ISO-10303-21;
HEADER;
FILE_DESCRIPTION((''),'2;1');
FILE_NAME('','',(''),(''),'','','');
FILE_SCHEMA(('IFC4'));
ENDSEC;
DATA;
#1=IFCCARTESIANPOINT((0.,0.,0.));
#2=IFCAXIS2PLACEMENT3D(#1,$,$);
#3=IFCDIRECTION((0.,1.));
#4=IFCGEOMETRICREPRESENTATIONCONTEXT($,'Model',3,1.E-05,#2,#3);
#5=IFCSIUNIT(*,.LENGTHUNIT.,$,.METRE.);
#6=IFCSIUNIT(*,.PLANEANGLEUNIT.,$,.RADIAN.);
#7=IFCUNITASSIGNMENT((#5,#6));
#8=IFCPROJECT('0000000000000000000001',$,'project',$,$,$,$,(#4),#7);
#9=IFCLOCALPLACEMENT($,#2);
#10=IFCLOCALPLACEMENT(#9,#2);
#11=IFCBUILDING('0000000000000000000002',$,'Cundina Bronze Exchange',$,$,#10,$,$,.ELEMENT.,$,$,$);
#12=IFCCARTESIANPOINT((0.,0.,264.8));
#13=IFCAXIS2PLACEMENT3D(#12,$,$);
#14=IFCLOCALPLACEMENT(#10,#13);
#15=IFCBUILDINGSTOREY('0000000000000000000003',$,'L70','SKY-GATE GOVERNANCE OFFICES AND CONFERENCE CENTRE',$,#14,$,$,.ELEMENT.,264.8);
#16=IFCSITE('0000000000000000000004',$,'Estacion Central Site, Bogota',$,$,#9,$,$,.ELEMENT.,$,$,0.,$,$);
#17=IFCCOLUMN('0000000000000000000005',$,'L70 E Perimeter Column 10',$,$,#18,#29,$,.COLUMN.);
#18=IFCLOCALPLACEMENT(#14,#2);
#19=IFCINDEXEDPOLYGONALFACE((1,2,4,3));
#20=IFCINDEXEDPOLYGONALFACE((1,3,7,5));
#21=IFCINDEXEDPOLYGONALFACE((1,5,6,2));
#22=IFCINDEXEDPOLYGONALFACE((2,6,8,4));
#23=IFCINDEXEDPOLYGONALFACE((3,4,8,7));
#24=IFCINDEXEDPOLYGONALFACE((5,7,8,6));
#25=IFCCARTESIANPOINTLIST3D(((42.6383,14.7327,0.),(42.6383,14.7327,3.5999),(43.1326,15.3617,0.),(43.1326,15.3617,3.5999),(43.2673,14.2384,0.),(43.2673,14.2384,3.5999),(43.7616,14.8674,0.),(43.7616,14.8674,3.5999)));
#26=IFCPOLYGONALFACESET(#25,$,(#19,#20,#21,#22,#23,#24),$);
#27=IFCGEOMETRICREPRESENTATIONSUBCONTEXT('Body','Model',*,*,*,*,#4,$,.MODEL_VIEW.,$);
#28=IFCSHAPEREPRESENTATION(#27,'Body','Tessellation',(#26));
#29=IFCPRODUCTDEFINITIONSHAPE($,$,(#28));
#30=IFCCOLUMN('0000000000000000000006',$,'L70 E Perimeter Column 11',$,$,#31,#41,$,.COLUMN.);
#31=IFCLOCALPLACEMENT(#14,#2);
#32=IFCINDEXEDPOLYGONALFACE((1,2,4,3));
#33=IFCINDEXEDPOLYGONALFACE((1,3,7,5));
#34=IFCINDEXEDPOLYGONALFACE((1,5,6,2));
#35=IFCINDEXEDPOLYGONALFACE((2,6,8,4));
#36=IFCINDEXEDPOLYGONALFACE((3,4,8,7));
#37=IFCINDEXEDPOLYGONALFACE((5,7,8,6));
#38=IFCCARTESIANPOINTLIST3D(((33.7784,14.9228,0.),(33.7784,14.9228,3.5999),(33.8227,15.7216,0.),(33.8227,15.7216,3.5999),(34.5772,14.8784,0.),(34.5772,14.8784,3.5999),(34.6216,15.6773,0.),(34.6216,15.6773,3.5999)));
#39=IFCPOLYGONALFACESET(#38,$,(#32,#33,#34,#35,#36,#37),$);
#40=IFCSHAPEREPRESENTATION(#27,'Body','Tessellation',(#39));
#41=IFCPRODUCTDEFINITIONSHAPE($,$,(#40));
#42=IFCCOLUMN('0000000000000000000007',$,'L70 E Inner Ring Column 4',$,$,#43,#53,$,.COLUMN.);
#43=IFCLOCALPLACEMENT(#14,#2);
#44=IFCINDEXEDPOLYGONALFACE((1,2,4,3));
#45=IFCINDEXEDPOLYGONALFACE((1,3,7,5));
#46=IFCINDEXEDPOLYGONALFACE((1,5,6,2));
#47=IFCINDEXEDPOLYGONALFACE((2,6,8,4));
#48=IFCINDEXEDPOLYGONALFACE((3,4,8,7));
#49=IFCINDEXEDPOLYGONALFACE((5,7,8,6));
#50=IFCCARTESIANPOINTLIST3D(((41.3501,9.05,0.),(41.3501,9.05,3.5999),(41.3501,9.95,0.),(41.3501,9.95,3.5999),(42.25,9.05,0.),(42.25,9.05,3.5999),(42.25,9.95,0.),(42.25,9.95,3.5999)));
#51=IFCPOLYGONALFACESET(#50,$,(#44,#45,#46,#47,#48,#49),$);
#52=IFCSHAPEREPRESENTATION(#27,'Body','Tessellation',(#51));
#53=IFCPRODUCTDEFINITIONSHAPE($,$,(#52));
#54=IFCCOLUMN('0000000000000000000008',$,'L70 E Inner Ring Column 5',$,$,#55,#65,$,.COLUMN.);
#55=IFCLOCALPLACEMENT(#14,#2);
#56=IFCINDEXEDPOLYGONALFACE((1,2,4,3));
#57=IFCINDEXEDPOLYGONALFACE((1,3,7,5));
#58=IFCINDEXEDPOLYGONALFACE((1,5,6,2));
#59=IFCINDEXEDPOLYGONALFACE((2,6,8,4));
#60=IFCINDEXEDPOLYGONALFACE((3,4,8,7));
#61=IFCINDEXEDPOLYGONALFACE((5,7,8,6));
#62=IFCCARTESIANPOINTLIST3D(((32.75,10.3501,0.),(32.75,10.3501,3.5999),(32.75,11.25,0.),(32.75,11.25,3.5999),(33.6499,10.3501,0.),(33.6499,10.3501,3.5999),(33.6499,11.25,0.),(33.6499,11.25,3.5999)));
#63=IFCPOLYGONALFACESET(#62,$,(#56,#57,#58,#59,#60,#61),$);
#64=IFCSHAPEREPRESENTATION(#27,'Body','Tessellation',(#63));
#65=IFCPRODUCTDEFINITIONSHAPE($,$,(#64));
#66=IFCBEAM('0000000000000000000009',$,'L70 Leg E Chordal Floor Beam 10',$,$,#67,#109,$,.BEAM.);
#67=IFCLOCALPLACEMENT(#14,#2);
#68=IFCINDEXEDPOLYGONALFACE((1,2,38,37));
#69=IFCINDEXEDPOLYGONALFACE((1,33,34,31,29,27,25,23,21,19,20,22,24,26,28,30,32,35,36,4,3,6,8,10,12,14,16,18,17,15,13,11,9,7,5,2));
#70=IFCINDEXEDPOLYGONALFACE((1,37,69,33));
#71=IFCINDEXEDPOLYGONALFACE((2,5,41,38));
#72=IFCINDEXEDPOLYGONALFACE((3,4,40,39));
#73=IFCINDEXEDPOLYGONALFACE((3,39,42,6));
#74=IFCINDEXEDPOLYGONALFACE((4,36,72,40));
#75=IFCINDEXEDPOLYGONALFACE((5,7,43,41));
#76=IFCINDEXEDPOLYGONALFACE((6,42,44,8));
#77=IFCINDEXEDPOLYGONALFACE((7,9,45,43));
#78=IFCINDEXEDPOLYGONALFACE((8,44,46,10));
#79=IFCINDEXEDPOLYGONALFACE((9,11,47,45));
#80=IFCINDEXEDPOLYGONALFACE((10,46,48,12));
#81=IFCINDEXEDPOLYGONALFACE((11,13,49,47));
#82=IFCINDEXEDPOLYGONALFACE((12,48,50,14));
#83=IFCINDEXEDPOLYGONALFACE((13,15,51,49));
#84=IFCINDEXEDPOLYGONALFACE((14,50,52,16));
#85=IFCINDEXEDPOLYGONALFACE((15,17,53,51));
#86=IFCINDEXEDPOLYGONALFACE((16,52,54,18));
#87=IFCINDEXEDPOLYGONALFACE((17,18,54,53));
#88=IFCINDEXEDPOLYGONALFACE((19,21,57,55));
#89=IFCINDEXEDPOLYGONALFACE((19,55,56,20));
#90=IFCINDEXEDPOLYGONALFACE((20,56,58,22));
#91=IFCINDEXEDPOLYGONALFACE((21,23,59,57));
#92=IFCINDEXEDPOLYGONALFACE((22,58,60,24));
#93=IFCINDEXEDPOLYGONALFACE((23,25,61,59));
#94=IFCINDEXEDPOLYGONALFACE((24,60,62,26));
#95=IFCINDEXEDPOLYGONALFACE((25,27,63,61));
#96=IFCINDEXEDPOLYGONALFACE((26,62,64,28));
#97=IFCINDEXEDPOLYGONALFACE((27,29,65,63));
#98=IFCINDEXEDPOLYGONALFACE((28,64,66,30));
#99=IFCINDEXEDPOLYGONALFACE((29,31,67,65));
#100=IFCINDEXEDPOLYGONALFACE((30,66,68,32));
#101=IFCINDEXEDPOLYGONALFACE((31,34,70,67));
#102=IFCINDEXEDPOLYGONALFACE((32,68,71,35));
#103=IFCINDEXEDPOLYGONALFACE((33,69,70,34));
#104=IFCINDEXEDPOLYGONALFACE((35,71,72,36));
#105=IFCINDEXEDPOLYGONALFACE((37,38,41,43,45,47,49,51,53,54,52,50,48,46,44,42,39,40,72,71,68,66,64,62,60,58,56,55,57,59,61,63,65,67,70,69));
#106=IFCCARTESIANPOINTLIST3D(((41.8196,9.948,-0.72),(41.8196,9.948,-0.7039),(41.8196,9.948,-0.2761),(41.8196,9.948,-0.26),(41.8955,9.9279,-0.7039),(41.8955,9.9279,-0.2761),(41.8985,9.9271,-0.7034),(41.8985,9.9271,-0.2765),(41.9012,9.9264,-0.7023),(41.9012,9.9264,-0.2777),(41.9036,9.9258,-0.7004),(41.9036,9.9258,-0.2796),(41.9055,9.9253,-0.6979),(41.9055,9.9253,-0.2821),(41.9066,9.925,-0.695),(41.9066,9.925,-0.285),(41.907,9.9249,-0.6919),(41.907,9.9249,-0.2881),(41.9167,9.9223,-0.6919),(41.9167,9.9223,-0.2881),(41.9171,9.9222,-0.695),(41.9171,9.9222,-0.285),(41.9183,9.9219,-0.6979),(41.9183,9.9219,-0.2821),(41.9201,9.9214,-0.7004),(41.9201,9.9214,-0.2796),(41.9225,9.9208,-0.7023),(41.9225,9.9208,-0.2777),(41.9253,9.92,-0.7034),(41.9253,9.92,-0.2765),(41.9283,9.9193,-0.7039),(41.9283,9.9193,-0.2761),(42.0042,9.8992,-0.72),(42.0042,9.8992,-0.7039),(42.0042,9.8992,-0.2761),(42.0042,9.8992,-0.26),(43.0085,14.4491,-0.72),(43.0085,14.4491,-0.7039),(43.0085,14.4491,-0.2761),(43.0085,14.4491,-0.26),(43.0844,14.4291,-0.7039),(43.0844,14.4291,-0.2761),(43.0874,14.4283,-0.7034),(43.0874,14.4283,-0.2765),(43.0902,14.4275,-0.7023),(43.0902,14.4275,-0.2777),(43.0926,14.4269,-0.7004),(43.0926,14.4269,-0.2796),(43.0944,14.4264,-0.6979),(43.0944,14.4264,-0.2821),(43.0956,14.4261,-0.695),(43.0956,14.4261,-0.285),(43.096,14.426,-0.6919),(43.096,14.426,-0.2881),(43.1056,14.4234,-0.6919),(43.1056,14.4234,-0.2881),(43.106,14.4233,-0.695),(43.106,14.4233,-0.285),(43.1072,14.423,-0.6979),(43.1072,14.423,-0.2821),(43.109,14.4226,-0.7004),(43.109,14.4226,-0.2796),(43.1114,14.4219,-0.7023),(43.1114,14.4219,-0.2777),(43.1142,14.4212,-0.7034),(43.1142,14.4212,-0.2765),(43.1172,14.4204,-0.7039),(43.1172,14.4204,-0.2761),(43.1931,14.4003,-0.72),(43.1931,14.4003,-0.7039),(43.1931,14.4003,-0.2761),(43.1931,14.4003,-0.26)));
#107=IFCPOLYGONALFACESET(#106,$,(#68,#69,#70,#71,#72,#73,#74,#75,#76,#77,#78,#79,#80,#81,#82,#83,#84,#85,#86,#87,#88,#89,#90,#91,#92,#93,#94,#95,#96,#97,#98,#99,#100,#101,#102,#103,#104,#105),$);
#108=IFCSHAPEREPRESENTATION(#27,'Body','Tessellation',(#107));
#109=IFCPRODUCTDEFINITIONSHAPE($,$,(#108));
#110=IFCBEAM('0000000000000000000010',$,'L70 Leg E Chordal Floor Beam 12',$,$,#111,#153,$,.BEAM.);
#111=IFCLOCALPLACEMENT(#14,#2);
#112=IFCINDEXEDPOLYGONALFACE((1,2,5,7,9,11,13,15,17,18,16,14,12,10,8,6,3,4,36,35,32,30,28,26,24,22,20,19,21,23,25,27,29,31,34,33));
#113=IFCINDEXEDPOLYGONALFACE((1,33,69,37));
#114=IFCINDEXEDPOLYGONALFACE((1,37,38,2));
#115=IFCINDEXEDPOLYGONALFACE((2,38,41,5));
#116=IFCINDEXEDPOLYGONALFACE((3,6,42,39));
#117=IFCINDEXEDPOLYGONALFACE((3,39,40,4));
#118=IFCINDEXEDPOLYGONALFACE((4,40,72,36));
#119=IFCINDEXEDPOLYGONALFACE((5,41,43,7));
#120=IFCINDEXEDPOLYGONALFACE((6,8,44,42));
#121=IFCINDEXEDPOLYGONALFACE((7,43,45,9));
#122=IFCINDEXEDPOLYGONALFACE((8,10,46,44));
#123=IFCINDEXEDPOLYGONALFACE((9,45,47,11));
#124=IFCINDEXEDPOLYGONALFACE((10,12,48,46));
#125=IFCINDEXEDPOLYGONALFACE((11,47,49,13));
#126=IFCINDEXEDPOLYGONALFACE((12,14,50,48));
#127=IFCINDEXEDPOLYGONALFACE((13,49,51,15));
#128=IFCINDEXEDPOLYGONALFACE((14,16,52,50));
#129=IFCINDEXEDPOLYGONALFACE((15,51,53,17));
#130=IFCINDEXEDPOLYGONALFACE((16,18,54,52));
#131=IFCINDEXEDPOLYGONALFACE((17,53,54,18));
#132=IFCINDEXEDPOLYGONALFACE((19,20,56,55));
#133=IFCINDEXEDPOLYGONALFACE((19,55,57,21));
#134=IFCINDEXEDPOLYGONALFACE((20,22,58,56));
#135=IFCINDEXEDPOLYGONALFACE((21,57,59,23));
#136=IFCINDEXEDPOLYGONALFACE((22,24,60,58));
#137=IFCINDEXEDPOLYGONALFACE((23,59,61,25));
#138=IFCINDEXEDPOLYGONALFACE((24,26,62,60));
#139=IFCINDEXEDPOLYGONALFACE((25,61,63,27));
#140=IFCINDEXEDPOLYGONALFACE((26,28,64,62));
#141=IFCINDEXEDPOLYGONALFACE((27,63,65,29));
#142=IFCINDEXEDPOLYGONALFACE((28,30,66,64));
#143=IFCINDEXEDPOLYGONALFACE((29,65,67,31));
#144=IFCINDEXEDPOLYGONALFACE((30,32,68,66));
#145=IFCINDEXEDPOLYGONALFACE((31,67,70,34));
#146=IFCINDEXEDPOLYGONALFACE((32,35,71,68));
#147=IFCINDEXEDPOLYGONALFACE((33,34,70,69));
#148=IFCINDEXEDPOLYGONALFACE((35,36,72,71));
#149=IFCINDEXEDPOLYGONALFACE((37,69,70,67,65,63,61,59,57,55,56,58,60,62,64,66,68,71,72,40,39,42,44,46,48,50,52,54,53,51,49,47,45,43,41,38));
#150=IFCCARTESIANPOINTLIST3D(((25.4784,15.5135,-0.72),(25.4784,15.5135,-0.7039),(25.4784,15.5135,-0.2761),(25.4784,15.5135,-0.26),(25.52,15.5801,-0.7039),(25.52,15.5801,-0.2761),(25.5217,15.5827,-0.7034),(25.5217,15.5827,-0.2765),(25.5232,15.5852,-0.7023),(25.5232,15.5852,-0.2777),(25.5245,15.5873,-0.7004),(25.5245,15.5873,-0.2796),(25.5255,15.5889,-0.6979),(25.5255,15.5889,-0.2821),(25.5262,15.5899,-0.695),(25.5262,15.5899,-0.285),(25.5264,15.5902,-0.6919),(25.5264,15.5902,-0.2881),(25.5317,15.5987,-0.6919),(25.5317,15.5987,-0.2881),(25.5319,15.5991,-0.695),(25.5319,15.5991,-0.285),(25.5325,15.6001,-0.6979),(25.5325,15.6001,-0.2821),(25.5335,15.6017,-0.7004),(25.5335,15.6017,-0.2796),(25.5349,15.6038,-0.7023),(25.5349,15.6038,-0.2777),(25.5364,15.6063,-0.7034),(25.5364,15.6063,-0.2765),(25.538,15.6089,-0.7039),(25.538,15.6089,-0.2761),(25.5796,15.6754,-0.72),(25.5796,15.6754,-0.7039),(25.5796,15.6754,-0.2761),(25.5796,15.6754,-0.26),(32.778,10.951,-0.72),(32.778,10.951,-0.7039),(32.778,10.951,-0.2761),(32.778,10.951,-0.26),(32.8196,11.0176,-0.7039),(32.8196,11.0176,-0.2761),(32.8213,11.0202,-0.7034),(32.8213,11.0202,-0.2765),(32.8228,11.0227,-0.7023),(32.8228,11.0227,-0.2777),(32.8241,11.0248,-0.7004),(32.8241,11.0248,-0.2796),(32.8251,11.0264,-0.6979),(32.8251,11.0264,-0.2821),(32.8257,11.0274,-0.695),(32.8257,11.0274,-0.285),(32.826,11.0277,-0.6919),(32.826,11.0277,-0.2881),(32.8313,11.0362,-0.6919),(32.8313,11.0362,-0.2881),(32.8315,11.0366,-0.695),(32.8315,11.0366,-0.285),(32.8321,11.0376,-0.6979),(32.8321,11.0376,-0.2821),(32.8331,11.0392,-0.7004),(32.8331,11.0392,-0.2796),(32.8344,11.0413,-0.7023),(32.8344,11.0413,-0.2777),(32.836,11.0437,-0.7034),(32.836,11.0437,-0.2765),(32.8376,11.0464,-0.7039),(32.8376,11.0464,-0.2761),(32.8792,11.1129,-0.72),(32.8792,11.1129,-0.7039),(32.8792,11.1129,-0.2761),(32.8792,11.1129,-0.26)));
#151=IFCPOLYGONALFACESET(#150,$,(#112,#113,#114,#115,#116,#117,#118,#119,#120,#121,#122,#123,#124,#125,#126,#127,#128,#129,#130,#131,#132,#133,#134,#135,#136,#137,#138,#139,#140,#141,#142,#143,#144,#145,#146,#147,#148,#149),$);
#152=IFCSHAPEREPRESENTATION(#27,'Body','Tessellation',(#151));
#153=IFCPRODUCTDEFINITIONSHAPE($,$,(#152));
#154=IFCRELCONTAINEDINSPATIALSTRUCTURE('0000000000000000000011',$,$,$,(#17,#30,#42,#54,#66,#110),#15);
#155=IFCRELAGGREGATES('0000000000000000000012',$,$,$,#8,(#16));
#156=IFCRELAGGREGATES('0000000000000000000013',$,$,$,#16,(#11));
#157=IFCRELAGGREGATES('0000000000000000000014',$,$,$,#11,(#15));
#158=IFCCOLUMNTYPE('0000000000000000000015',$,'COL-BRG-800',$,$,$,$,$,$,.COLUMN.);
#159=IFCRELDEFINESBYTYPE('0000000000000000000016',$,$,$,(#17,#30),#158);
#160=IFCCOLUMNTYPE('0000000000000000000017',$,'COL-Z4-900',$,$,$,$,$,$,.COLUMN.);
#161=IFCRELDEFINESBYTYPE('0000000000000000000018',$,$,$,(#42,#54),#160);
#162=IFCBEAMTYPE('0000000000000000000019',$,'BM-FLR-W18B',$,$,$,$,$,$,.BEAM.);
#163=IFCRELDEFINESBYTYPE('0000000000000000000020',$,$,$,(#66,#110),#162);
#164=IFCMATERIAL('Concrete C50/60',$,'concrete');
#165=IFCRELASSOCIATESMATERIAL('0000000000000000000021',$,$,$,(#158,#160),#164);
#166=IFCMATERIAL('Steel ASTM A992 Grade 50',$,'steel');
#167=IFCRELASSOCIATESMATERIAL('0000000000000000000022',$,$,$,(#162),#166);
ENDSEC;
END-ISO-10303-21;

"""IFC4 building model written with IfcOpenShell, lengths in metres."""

from ifc_helpers import new_model, si_unit, direction, frame, origin, origin_2d, place, context, subcontext, project, spatial, rectangle, i_section, extrude, material, material_profile, profile_set, type_object, element, save


model = new_model("IFC4")

# Units and contexts
model_context = context("Model", 3, precision=1e-05, world=origin(), true_north=direction((0.0, 1.0)))
body_context = subcontext(model_context, "Body", "Model", "MODEL_VIEW")
ifc_project = project(units=[si_unit("LENGTHUNIT", "METRE"), si_unit("PLANEANGLEUNIT", "RADIAN")], contexts=[model_context])

# Site, building, storey
site_placement = place(None, origin())
site = spatial("IfcSite", under=ifc_project, at=site_placement, Name="Estacion Central Site, Bogota", CompositionType="ELEMENT", RefElevation=0.0)
building_placement = place(site_placement, origin())
building = spatial("IfcBuilding", under=site, at=building_placement, Name="Cundina Bronze Exchange", CompositionType="ELEMENT")
storey_placement = place(building_placement, frame((0.0, 0.0, 264.8)))
storey = spatial("IfcBuildingStorey", under=building, at=storey_placement, Name="L70", Description="SKY-GATE GOVERNANCE OFFICES AND CONFERENCE CENTRE", CompositionType="ELEMENT", Elevation=264.8)

# Columns
ifc_material_1 = material(Name="Concrete C50/60", Category="concrete")
ifc_material_profile_1 = material_profile(ifc_material_1, rectangle(XDim=0.8, YDim=0.8, at=origin_2d()), Name="RC800X800", Category="concrete")
ifc_profile_set_1 = profile_set([ifc_material_profile_1], Name="Concrete C50/60")
column_type_1 = type_object("IfcColumnType", Name="COL-BRG-800", PredefinedType="COLUMN", material=ifc_profile_set_1)
for number, where, z_axis, x_axis, name in (
    (1, (43.2, 14.8, 0.0), (0.0, 0.0, 1.0), (-0.786288, 0.61786, 0.0), "L70 E Perimeter Column 10"),
    (2, (34.2, 15.3, 0.0), (0.0, 0.0, 1.0), (-0.99846, 0.055473, 0.0), "L70 E Perimeter Column 11"),
):
    element("IfcColumn", number, at=place(storey_placement, frame(where, z_axis=z_axis, x_axis=x_axis)), inside=storey, type_object=column_type_1, Name=name, PredefinedType="COLUMN", context=body_context, shape_type="SweptSolid", body=[
        extrude(rectangle(XDim=0.8, YDim=0.8, at=origin_2d()), origin(), (0.0, 0.0, 1.0), 3.5999),
    ])
ifc_material_profile_2 = material_profile(ifc_material_1, rectangle(XDim=0.8999, YDim=0.8999, at=origin_2d()), Name="RC900X900", Category="concrete")
ifc_profile_set_2 = profile_set([ifc_material_profile_2], Name="Concrete C50/60")
column_type_2 = type_object("IfcColumnType", Name="COL-Z4-900", PredefinedType="COLUMN", material=ifc_profile_set_2)
for number, where, z_axis, x_axis, name in (
    (3, (41.8, 9.5, 0.0), (0.0, 0.0, 1.0), (1.0, 0.0, 0.0), "L70 E Inner Ring Column 4"),
    (4, (33.2, 10.8, 0.0), (0.0, 0.0, 1.0), (1.0, 0.0, 0.0), "L70 E Inner Ring Column 5"),
):
    element("IfcColumn", number, at=place(storey_placement, frame(where, z_axis=z_axis, x_axis=x_axis)), inside=storey, type_object=column_type_2, Name=name, PredefinedType="COLUMN", context=body_context, shape_type="SweptSolid", body=[
        extrude(rectangle(XDim=0.8999, YDim=0.8999, at=origin_2d()), origin(), (0.0, 0.0, 1.0), 3.5999),
    ])

# Beams
ifc_material_2 = material(Name="Steel ASTM A992 Grade 50", Category="steel")
ifc_material_profile_3 = material_profile(ifc_material_2, i_section(OverallWidth=0.1909, OverallDepth=0.46, WebThickness=0.01, FlangeThickness=0.0161, FilletRadius=0.012, at=origin_2d()), Name="W18X55", Category="steel")
ifc_profile_set_3 = profile_set([ifc_material_profile_3], Name="Steel ASTM A992 Grade 50")
beam_type_1 = type_object("IfcBeamType", Name="BM-FLR-W18B", PredefinedType="BEAM", material=ifc_profile_set_3)
beam_1_placement = place(storey_placement, frame((41.9119, 9.9236, -0.49), z_axis=(0.255384, 0.96684, 0.0), x_axis=(-0.96684, 0.255384, 0.0)))
element("IfcBeam", 5, at=beam_1_placement, inside=storey, type_object=beam_type_1, Name="L70 Leg E Chordal Floor Beam 10", PredefinedType="BEAM", context=body_context, shape_type="SweptSolid", body=[
    extrude(i_section(OverallWidth=0.1909, OverallDepth=0.46, WebThickness=0.01, FlangeThickness=0.0161, FilletRadius=0.012, at=origin_2d()), origin(), (0.0, 0.0, 1.0), 4.6555),
])
beam_2_placement = place(storey_placement, frame((32.8286, 11.032, -0.49), z_axis=(-0.847984, 0.530022, 0.0), x_axis=(-0.530022, -0.847984, 0.0)))
element("IfcBeam", 6, at=beam_2_placement, inside=storey, type_object=beam_type_1, Name="L70 Leg E Chordal Floor Beam 12", PredefinedType="BEAM", context=body_context, shape_type="SweptSolid", body=[
    extrude(i_section(OverallWidth=0.1909, OverallDepth=0.46, WebThickness=0.01, FlangeThickness=0.0161, FilletRadius=0.012, at=origin_2d()), origin(), (0.0, 0.0, 1.0), 8.6082),
])

save(model, "model.ifc")
